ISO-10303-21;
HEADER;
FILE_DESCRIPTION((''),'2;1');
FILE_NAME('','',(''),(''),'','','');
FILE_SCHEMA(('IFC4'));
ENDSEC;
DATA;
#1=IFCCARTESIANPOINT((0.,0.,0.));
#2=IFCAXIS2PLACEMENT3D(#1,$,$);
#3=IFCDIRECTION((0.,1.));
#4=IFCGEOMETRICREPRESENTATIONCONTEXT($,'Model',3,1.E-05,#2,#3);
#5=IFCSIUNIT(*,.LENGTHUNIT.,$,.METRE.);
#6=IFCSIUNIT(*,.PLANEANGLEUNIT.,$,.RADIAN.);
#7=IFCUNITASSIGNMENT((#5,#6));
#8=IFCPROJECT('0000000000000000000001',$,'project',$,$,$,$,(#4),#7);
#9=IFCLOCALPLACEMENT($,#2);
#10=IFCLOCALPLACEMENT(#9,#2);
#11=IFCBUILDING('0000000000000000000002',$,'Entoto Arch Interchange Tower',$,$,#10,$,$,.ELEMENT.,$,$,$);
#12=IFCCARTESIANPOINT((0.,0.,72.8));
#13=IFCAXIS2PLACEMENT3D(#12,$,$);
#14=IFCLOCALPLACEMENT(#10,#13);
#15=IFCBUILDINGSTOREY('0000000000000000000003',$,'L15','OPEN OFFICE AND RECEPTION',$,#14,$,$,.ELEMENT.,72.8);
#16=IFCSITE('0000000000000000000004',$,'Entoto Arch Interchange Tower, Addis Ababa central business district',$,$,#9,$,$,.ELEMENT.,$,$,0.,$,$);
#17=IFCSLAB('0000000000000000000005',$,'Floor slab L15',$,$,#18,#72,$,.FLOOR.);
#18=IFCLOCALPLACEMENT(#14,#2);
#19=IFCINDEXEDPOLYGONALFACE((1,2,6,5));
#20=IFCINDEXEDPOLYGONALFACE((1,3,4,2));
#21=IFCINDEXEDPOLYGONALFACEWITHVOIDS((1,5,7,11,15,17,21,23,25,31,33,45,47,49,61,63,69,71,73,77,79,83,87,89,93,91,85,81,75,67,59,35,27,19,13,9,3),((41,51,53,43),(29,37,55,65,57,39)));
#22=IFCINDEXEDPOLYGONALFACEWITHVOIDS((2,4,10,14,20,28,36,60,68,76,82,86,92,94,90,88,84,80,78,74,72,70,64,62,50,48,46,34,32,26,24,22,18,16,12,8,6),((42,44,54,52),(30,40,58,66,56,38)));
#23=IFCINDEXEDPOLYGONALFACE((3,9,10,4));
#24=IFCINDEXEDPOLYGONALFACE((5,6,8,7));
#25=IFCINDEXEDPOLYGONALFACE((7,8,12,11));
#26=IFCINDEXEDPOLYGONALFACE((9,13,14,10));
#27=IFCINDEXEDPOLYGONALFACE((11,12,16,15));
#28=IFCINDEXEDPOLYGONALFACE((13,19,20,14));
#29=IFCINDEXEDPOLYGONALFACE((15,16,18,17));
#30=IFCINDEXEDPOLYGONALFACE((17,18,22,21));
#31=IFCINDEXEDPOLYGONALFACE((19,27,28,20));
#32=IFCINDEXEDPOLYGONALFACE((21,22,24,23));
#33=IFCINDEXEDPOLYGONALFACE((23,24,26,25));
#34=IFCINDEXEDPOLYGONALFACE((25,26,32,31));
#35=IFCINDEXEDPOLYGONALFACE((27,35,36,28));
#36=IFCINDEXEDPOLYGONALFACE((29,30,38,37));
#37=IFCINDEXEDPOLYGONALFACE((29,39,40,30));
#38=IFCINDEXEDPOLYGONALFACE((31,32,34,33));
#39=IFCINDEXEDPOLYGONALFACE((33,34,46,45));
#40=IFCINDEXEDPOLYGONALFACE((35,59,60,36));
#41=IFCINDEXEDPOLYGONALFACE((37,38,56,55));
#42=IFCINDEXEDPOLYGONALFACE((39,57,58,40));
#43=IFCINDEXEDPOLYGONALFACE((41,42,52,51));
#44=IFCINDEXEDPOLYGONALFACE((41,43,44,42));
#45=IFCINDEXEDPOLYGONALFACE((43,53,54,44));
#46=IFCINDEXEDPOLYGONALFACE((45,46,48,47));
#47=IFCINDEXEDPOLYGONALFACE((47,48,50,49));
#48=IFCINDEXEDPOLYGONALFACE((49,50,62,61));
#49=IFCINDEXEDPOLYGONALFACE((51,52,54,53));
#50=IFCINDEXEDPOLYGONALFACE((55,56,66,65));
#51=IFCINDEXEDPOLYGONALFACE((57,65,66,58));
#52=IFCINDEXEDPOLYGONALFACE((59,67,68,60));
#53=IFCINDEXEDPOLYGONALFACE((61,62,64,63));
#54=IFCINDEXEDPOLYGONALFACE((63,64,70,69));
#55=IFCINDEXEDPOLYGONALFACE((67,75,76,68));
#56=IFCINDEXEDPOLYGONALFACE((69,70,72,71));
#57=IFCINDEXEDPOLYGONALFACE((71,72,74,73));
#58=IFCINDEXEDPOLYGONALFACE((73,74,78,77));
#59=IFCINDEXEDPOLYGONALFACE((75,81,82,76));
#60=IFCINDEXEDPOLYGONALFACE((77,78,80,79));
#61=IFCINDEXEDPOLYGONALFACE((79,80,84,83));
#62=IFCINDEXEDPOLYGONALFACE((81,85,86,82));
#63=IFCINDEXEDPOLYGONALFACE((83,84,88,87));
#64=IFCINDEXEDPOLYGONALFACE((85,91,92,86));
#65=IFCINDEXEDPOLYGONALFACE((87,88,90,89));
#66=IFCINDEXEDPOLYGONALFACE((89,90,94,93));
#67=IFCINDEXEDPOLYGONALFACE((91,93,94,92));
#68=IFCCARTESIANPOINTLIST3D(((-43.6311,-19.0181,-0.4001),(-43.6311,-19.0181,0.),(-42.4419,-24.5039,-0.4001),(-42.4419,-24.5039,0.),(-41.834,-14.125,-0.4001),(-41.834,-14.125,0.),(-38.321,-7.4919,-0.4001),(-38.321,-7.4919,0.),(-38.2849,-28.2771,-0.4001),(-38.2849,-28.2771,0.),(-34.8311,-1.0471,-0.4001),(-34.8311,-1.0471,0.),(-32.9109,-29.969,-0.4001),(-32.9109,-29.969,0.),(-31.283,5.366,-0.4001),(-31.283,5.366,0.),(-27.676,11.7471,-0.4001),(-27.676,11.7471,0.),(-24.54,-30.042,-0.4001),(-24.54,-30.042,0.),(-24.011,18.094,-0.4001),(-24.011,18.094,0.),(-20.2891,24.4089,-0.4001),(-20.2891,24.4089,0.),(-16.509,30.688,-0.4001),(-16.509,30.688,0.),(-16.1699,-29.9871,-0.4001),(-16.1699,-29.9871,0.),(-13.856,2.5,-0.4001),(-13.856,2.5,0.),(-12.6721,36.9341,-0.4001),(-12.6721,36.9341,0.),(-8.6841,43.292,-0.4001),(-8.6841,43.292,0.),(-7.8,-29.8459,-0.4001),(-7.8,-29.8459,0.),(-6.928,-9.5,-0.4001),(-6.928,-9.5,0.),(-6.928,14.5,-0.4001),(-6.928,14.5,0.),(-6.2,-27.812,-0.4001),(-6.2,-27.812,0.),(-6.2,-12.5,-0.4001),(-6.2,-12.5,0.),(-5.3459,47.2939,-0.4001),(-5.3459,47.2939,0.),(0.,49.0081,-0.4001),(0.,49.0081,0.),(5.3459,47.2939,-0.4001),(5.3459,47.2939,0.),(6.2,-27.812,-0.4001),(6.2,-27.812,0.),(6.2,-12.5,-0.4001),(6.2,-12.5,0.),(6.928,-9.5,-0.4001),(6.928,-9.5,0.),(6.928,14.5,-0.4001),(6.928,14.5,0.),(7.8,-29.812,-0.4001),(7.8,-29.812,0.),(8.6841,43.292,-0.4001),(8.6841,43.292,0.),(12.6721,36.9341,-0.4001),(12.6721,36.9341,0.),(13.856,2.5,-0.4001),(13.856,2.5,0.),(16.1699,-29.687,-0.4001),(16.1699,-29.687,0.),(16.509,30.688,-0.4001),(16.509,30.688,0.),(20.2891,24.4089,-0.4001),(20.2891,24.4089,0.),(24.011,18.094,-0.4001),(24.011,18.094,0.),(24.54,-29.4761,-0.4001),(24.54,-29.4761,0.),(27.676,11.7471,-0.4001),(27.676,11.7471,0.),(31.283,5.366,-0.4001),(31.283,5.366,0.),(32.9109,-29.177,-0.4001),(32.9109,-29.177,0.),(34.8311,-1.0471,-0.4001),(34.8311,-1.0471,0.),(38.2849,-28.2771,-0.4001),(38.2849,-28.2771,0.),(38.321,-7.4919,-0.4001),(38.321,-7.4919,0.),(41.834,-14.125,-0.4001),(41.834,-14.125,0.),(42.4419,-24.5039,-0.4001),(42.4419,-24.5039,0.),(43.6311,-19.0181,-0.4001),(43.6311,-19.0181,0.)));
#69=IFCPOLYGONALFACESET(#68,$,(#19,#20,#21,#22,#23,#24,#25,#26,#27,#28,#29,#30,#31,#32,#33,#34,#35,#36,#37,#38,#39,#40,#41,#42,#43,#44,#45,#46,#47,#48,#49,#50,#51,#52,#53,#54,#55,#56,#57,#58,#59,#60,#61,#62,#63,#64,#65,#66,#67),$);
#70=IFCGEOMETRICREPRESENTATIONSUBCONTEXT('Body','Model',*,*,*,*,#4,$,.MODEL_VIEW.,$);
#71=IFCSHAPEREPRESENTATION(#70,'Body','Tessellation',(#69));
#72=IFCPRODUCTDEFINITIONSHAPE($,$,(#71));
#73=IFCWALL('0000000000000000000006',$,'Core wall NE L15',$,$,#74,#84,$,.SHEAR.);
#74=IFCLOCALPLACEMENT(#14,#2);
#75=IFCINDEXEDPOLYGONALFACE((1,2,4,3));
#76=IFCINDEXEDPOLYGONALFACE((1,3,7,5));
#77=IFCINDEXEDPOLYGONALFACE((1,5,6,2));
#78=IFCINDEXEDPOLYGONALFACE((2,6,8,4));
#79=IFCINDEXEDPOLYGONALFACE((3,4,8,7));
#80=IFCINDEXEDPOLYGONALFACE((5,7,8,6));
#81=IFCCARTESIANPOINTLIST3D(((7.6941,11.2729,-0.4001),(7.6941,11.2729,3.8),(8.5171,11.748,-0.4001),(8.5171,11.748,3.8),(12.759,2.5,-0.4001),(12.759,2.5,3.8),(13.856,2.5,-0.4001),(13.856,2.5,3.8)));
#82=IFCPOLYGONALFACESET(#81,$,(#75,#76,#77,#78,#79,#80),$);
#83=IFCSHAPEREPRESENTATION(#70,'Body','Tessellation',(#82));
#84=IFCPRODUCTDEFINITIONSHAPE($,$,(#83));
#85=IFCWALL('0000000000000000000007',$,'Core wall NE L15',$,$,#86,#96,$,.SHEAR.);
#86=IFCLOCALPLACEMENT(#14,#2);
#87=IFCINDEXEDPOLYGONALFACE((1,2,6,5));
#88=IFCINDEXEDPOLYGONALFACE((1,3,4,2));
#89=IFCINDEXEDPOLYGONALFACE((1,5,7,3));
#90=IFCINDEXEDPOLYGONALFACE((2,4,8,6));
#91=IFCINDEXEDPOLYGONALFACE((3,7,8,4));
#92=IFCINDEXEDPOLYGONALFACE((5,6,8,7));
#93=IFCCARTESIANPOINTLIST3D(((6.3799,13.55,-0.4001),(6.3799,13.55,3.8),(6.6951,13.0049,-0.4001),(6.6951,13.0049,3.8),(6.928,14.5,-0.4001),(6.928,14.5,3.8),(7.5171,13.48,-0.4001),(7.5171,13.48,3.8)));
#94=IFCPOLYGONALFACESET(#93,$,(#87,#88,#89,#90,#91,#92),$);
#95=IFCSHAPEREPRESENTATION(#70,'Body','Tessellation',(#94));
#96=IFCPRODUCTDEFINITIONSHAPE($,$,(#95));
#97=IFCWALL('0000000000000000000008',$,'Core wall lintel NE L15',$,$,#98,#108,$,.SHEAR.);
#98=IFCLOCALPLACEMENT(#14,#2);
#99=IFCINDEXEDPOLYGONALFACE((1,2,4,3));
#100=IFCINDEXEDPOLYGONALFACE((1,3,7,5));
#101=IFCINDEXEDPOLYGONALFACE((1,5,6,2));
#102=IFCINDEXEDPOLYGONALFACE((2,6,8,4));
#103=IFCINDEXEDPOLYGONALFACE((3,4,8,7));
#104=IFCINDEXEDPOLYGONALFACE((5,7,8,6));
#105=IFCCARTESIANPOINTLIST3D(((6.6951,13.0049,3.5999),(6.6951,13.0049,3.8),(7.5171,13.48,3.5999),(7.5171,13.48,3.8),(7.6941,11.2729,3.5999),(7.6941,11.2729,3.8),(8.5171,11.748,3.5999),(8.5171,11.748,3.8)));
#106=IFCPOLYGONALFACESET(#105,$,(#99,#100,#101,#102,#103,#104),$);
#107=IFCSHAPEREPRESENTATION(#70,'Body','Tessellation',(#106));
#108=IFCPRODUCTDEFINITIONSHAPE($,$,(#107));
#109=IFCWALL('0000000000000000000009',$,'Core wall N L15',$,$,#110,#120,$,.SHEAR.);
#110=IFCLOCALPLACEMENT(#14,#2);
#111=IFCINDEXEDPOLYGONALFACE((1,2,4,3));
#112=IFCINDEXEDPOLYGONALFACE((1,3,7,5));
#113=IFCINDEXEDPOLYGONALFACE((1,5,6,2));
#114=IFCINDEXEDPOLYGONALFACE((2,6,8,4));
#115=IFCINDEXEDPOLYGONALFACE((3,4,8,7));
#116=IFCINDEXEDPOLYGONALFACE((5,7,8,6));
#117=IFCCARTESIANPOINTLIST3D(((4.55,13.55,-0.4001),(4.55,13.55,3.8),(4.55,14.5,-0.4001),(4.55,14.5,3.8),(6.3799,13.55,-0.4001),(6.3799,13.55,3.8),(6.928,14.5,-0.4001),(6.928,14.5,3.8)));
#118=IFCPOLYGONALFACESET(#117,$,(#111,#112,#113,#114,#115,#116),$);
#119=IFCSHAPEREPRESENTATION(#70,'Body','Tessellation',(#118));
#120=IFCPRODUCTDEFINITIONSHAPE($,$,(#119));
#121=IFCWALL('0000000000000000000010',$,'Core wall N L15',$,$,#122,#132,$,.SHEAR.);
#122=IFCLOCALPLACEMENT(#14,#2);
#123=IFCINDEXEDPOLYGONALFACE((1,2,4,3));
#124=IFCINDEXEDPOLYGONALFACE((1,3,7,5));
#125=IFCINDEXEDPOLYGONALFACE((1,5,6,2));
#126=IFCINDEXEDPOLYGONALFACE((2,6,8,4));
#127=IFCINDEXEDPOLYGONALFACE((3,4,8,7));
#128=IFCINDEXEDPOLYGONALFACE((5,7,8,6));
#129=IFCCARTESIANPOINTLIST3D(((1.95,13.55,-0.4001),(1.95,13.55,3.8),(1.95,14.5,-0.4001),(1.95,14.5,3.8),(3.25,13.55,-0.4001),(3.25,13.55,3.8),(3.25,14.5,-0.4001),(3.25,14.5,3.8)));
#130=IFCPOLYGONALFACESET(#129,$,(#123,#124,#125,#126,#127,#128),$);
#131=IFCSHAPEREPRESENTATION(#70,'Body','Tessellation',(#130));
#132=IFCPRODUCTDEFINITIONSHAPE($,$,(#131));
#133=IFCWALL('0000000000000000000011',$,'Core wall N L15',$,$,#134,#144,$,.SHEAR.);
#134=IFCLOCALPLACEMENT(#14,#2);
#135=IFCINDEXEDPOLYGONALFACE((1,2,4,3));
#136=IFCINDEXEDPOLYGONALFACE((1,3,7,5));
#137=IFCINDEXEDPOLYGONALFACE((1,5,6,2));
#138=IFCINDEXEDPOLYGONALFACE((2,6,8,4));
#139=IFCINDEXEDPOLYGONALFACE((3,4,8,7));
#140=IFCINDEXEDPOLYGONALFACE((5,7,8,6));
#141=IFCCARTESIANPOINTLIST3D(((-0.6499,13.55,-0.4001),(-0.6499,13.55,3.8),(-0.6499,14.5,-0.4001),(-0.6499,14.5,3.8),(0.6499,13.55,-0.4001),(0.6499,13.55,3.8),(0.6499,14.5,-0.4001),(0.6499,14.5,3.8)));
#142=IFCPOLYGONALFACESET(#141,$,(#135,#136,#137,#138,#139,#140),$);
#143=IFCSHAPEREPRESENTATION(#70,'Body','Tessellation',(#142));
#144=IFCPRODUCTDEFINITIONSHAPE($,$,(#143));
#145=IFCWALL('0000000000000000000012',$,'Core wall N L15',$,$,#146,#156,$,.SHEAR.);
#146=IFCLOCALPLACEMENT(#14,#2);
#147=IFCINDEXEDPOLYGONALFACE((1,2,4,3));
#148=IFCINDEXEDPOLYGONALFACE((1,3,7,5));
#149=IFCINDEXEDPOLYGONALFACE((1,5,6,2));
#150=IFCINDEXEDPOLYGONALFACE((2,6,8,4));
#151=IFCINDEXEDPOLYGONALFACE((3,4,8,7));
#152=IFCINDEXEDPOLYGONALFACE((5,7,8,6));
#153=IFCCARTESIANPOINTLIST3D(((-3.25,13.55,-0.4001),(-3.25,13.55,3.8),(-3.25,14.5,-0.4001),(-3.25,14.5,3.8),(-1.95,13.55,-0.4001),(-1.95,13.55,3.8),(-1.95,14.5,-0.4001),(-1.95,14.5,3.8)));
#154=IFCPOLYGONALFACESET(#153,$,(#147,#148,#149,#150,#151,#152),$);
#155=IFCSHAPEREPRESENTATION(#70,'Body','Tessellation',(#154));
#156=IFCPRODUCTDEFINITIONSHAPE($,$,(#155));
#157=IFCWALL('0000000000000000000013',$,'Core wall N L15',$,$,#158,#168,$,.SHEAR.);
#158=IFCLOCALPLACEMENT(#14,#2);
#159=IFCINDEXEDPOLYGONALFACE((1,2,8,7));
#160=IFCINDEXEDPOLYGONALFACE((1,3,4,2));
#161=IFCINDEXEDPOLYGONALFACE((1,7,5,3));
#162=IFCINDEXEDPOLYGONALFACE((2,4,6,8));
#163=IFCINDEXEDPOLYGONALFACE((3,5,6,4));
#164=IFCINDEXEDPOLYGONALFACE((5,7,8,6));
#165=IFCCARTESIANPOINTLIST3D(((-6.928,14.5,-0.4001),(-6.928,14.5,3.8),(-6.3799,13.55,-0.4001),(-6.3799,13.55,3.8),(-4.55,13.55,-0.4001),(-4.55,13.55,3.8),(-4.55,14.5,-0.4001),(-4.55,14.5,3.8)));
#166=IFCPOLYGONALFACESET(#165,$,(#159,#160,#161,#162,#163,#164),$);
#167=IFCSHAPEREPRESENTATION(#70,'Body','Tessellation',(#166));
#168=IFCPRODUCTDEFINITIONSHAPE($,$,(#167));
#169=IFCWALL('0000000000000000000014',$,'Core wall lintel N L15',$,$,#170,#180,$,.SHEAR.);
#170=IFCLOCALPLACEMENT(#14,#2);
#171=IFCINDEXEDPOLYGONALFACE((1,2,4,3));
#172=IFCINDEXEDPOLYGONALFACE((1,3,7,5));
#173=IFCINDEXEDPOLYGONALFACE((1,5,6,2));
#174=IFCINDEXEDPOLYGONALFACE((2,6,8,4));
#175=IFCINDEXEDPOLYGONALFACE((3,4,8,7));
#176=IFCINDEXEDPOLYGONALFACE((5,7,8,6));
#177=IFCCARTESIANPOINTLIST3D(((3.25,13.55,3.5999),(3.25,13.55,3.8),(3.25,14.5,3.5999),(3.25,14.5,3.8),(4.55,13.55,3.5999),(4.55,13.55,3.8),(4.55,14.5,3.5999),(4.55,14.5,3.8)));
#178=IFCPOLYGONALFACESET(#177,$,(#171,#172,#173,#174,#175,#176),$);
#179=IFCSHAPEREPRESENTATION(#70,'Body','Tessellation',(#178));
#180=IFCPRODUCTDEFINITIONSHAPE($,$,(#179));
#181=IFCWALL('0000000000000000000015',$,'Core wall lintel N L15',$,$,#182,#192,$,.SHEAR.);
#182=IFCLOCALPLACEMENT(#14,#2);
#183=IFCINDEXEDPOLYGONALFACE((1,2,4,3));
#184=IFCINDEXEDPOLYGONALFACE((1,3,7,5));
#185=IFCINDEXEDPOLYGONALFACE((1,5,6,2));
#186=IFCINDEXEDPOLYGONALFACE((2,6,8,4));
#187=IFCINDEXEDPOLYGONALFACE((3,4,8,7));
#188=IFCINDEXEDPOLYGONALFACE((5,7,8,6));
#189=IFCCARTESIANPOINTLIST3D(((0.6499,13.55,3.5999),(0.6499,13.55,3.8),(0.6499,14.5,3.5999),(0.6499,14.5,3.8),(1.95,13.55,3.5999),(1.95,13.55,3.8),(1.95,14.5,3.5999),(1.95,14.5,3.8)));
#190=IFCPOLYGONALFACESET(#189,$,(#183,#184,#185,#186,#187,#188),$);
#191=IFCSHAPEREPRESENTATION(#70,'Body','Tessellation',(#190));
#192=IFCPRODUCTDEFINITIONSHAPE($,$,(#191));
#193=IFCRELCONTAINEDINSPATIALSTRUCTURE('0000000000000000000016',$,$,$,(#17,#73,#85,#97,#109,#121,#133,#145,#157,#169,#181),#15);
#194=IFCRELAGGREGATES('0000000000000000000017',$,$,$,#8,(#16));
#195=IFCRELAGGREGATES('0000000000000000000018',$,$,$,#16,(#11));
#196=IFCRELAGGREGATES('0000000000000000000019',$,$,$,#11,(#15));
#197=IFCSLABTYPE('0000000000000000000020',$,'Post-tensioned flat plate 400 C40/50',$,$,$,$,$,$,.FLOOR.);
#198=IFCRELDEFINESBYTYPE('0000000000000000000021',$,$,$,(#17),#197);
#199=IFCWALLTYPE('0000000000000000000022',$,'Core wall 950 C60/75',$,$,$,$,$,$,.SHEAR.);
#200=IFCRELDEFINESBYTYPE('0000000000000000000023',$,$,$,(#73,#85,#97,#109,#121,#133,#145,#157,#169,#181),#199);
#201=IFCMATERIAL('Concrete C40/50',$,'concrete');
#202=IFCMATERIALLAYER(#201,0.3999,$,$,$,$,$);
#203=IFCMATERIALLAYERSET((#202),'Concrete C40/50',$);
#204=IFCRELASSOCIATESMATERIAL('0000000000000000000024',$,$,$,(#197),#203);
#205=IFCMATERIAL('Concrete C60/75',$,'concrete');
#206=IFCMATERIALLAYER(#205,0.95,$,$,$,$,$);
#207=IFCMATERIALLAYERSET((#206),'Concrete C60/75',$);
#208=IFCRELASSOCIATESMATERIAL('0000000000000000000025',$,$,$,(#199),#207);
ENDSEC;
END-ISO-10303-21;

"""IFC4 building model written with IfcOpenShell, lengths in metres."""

from ifc_helpers import new_model, si_unit, direction, frame, origin, place, context, subcontext, project, spatial, polyline, outline, extrude, material, layer, layer_set, type_object, element, save


model = new_model("IFC4")

# Units and contexts
model_context = context("Model", 3, precision=1e-05, world=origin(), true_north=direction((0.0, 1.0)))
body_context = subcontext(model_context, "Body", "Model", "MODEL_VIEW")
ifc_project = project(units=[si_unit("LENGTHUNIT", "METRE"), si_unit("PLANEANGLEUNIT", "RADIAN")], contexts=[model_context])

# Site, building, storey
site_placement = place(None, origin())
site = spatial("IfcSite", under=ifc_project, at=site_placement, Name="Entoto Arch Interchange Tower, Addis Ababa central business district", CompositionType="ELEMENT", RefElevation=0.0)
building_placement = place(site_placement, origin())
building = spatial("IfcBuilding", under=site, at=building_placement, Name="Entoto Arch Interchange Tower", CompositionType="ELEMENT")
storey_placement = place(building_placement, frame((0.0, 0.0, 72.8)))
storey = spatial("IfcBuildingStorey", under=building, at=storey_placement, Name="L15", Description="OPEN OFFICE AND RECEPTION", CompositionType="ELEMENT", Elevation=72.8)

# Slab
ifc_material_1 = material(Name="Concrete C40/50", Category="concrete")
ifc_layer_1 = layer(ifc_material_1, 0.3999)
ifc_layer_set_1 = layer_set([ifc_layer_1], Name="Concrete C40/50")
slab_type = type_object("IfcSlabType", Name="Post-tensioned flat plate 400 C40/50", PredefinedType="FLOOR", material=ifc_layer_set_1)
slab_placement = place(storey_placement, frame((0.0, 0.0, -0.4001)))
element("IfcSlab", 1, at=slab_placement, inside=storey, type_object=slab_type, Name="Floor slab L15", PredefinedType="FLOOR", context=body_context, shape_type="SweptSolid", body=[
    extrude(outline(polyline([(-32.9109, -29.969), (-24.54, -30.042), (-16.1699, -29.9871), (-7.8, -29.8459), (7.8, -29.812), (16.1699, -29.687), (24.54, -29.4761), (32.9109, -29.177), (38.2849, -28.2771), (42.4419, -24.5039), (43.6311, -19.0181), (41.834, -14.125), (38.321, -7.4919), (34.8311, -1.0471), (31.283, 5.366), (27.676, 11.7471), (24.011, 18.094), (20.2891, 24.4089), (16.509, 30.688), (12.6721, 36.9341), (8.6841, 43.292), (5.3459, 47.2939), (0.0, 49.0081), (-5.3459, 47.2939), (-8.6841, 43.292), (-12.6721, 36.9341), (-16.509, 30.688), (-20.2891, 24.4089), (-24.011, 18.094), (-27.676, 11.7471), (-31.283, 5.366), (-34.8311, -1.0471), (-38.321, -7.4919), (-41.834, -14.125), (-43.6311, -19.0181), (-42.4419, -24.5039), (-38.2849, -28.2771), (-32.9109, -29.969)]), holes=[polyline([(6.2, -27.812), (6.2, -12.5), (-6.2, -12.5), (-6.2, -27.812), (6.2, -27.812)]), polyline([(13.856, 2.5), (6.928, 14.5), (-6.928, 14.5), (-13.856, 2.5), (-6.928, -9.5), (6.928, -9.5), (13.856, 2.5)])]), origin(), (0.0, 0.0, 1.0), 0.4001),
])

# Walls
ifc_material_2 = material(Name="Concrete C60/75", Category="concrete")
ifc_layer_2 = layer(ifc_material_2, 0.95)
ifc_layer_set_2 = layer_set([ifc_layer_2], Name="Concrete C60/75")
wall_type_1 = type_object("IfcWallType", Name="Core wall 950 C60/75", PredefinedType="SHEAR", material=ifc_layer_set_2)
wall_1_placement = place(storey_placement, frame((0.0, 0.0, -0.4001)))
element("IfcWall", 2, at=wall_1_placement, inside=storey, type_object=wall_type_1, Name="Core wall NE L15", PredefinedType="SHEAR", context=body_context, shape_type="SweptSolid", body=[
    extrude(outline(polyline([(8.5171, 11.748), (7.6941, 11.2729), (12.759, 2.5), (13.856, 2.5), (8.5171, 11.748)])), origin(), (0.0, 0.0, 1.0), 4.2002),
])
wall_2_placement = place(storey_placement, frame((0.0, 0.0, -0.4001)))
element("IfcWall", 3, at=wall_2_placement, inside=storey, type_object=wall_type_1, Name="Core wall NE L15", PredefinedType="SHEAR", context=body_context, shape_type="SweptSolid", body=[
    extrude(outline(polyline([(6.6951, 13.0049), (7.5171, 13.48), (6.928, 14.5), (6.3799, 13.55), (6.6951, 13.0049)])), origin(), (0.0, 0.0, 1.0), 4.2002),
])
wall_3_placement = place(storey_placement, frame((0.0, 0.0, 3.5999)))
element("IfcWall", 4, at=wall_3_placement, inside=storey, type_object=wall_type_1, Name="Core wall lintel NE L15", PredefinedType="SHEAR", context=body_context, shape_type="SweptSolid", body=[
    extrude(outline(polyline([(7.5171, 13.48), (6.6951, 13.0049), (7.6941, 11.2729), (8.5171, 11.748), (7.5171, 13.48)])), origin(), (0.0, 0.0, 1.0), 0.2002),
])
wall_4_placement = place(storey_placement, frame((0.0, 0.0, -0.4001)))
element("IfcWall", 5, at=wall_4_placement, inside=storey, type_object=wall_type_1, Name="Core wall N L15", PredefinedType="SHEAR", context=body_context, shape_type="SweptSolid", body=[
    extrude(outline(polyline([(4.55, 14.5), (4.55, 13.55), (6.3799, 13.55), (6.928, 14.5), (4.55, 14.5)])), origin(), (0.0, 0.0, 1.0), 4.2002),
])
wall_5_placement = place(storey_placement, frame((0.0, 0.0, -0.4001)))
element("IfcWall", 6, at=wall_5_placement, inside=storey, type_object=wall_type_1, Name="Core wall N L15", PredefinedType="SHEAR", context=body_context, shape_type="SweptSolid", body=[
    extrude(outline(polyline([(1.95, 14.5), (1.95, 13.55), (3.25, 13.55), (3.25, 14.5), (1.95, 14.5)])), origin(), (0.0, 0.0, 1.0), 4.2002),
])
wall_6_placement = place(storey_placement, frame((0.0, 0.0, -0.4001)))
element("IfcWall", 7, at=wall_6_placement, inside=storey, type_object=wall_type_1, Name="Core wall N L15", PredefinedType="SHEAR", context=body_context, shape_type="SweptSolid", body=[
    extrude(outline(polyline([(-0.6499, 14.5), (-0.6499, 13.55), (0.6499, 13.55), (0.6499, 14.5), (-0.6499, 14.5)])), origin(), (0.0, 0.0, 1.0), 4.2002),
])
wall_7_placement = place(storey_placement, frame((0.0, 0.0, -0.4001)))
element("IfcWall", 8, at=wall_7_placement, inside=storey, type_object=wall_type_1, Name="Core wall N L15", PredefinedType="SHEAR", context=body_context, shape_type="SweptSolid", body=[
    extrude(outline(polyline([(-3.25, 14.5), (-3.25, 13.55), (-1.95, 13.55), (-1.95, 14.5), (-3.25, 14.5)])), origin(), (0.0, 0.0, 1.0), 4.2002),
])
wall_8_placement = place(storey_placement, frame((0.0, 0.0, -0.4001)))
element("IfcWall", 9, at=wall_8_placement, inside=storey, type_object=wall_type_1, Name="Core wall N L15", PredefinedType="SHEAR", context=body_context, shape_type="SweptSolid", body=[
    extrude(outline(polyline([(-4.55, 13.55), (-4.55, 14.5), (-6.928, 14.5), (-6.3799, 13.55), (-4.55, 13.55)])), origin(), (0.0, 0.0, 1.0), 4.2002),
])
wall_9_placement = place(storey_placement, frame((0.0, 0.0, 3.5999)))
element("IfcWall", 10, at=wall_9_placement, inside=storey, type_object=wall_type_1, Name="Core wall lintel N L15", PredefinedType="SHEAR", context=body_context, shape_type="SweptSolid", body=[
    extrude(outline(polyline([(3.25, 14.5), (3.25, 13.55), (4.55, 13.55), (4.55, 14.5), (3.25, 14.5)])), origin(), (0.0, 0.0, 1.0), 0.2002),
])
wall_10_placement = place(storey_placement, frame((0.0, 0.0, 3.5999)))
element("IfcWall", 11, at=wall_10_placement, inside=storey, type_object=wall_type_1, Name="Core wall lintel N L15", PredefinedType="SHEAR", context=body_context, shape_type="SweptSolid", body=[
    extrude(outline(polyline([(0.6499, 14.5), (0.6499, 13.55), (1.95, 13.55), (1.95, 14.5), (0.6499, 14.5)])), origin(), (0.0, 0.0, 1.0), 0.2002),
])

save(model, "model.ifc")
